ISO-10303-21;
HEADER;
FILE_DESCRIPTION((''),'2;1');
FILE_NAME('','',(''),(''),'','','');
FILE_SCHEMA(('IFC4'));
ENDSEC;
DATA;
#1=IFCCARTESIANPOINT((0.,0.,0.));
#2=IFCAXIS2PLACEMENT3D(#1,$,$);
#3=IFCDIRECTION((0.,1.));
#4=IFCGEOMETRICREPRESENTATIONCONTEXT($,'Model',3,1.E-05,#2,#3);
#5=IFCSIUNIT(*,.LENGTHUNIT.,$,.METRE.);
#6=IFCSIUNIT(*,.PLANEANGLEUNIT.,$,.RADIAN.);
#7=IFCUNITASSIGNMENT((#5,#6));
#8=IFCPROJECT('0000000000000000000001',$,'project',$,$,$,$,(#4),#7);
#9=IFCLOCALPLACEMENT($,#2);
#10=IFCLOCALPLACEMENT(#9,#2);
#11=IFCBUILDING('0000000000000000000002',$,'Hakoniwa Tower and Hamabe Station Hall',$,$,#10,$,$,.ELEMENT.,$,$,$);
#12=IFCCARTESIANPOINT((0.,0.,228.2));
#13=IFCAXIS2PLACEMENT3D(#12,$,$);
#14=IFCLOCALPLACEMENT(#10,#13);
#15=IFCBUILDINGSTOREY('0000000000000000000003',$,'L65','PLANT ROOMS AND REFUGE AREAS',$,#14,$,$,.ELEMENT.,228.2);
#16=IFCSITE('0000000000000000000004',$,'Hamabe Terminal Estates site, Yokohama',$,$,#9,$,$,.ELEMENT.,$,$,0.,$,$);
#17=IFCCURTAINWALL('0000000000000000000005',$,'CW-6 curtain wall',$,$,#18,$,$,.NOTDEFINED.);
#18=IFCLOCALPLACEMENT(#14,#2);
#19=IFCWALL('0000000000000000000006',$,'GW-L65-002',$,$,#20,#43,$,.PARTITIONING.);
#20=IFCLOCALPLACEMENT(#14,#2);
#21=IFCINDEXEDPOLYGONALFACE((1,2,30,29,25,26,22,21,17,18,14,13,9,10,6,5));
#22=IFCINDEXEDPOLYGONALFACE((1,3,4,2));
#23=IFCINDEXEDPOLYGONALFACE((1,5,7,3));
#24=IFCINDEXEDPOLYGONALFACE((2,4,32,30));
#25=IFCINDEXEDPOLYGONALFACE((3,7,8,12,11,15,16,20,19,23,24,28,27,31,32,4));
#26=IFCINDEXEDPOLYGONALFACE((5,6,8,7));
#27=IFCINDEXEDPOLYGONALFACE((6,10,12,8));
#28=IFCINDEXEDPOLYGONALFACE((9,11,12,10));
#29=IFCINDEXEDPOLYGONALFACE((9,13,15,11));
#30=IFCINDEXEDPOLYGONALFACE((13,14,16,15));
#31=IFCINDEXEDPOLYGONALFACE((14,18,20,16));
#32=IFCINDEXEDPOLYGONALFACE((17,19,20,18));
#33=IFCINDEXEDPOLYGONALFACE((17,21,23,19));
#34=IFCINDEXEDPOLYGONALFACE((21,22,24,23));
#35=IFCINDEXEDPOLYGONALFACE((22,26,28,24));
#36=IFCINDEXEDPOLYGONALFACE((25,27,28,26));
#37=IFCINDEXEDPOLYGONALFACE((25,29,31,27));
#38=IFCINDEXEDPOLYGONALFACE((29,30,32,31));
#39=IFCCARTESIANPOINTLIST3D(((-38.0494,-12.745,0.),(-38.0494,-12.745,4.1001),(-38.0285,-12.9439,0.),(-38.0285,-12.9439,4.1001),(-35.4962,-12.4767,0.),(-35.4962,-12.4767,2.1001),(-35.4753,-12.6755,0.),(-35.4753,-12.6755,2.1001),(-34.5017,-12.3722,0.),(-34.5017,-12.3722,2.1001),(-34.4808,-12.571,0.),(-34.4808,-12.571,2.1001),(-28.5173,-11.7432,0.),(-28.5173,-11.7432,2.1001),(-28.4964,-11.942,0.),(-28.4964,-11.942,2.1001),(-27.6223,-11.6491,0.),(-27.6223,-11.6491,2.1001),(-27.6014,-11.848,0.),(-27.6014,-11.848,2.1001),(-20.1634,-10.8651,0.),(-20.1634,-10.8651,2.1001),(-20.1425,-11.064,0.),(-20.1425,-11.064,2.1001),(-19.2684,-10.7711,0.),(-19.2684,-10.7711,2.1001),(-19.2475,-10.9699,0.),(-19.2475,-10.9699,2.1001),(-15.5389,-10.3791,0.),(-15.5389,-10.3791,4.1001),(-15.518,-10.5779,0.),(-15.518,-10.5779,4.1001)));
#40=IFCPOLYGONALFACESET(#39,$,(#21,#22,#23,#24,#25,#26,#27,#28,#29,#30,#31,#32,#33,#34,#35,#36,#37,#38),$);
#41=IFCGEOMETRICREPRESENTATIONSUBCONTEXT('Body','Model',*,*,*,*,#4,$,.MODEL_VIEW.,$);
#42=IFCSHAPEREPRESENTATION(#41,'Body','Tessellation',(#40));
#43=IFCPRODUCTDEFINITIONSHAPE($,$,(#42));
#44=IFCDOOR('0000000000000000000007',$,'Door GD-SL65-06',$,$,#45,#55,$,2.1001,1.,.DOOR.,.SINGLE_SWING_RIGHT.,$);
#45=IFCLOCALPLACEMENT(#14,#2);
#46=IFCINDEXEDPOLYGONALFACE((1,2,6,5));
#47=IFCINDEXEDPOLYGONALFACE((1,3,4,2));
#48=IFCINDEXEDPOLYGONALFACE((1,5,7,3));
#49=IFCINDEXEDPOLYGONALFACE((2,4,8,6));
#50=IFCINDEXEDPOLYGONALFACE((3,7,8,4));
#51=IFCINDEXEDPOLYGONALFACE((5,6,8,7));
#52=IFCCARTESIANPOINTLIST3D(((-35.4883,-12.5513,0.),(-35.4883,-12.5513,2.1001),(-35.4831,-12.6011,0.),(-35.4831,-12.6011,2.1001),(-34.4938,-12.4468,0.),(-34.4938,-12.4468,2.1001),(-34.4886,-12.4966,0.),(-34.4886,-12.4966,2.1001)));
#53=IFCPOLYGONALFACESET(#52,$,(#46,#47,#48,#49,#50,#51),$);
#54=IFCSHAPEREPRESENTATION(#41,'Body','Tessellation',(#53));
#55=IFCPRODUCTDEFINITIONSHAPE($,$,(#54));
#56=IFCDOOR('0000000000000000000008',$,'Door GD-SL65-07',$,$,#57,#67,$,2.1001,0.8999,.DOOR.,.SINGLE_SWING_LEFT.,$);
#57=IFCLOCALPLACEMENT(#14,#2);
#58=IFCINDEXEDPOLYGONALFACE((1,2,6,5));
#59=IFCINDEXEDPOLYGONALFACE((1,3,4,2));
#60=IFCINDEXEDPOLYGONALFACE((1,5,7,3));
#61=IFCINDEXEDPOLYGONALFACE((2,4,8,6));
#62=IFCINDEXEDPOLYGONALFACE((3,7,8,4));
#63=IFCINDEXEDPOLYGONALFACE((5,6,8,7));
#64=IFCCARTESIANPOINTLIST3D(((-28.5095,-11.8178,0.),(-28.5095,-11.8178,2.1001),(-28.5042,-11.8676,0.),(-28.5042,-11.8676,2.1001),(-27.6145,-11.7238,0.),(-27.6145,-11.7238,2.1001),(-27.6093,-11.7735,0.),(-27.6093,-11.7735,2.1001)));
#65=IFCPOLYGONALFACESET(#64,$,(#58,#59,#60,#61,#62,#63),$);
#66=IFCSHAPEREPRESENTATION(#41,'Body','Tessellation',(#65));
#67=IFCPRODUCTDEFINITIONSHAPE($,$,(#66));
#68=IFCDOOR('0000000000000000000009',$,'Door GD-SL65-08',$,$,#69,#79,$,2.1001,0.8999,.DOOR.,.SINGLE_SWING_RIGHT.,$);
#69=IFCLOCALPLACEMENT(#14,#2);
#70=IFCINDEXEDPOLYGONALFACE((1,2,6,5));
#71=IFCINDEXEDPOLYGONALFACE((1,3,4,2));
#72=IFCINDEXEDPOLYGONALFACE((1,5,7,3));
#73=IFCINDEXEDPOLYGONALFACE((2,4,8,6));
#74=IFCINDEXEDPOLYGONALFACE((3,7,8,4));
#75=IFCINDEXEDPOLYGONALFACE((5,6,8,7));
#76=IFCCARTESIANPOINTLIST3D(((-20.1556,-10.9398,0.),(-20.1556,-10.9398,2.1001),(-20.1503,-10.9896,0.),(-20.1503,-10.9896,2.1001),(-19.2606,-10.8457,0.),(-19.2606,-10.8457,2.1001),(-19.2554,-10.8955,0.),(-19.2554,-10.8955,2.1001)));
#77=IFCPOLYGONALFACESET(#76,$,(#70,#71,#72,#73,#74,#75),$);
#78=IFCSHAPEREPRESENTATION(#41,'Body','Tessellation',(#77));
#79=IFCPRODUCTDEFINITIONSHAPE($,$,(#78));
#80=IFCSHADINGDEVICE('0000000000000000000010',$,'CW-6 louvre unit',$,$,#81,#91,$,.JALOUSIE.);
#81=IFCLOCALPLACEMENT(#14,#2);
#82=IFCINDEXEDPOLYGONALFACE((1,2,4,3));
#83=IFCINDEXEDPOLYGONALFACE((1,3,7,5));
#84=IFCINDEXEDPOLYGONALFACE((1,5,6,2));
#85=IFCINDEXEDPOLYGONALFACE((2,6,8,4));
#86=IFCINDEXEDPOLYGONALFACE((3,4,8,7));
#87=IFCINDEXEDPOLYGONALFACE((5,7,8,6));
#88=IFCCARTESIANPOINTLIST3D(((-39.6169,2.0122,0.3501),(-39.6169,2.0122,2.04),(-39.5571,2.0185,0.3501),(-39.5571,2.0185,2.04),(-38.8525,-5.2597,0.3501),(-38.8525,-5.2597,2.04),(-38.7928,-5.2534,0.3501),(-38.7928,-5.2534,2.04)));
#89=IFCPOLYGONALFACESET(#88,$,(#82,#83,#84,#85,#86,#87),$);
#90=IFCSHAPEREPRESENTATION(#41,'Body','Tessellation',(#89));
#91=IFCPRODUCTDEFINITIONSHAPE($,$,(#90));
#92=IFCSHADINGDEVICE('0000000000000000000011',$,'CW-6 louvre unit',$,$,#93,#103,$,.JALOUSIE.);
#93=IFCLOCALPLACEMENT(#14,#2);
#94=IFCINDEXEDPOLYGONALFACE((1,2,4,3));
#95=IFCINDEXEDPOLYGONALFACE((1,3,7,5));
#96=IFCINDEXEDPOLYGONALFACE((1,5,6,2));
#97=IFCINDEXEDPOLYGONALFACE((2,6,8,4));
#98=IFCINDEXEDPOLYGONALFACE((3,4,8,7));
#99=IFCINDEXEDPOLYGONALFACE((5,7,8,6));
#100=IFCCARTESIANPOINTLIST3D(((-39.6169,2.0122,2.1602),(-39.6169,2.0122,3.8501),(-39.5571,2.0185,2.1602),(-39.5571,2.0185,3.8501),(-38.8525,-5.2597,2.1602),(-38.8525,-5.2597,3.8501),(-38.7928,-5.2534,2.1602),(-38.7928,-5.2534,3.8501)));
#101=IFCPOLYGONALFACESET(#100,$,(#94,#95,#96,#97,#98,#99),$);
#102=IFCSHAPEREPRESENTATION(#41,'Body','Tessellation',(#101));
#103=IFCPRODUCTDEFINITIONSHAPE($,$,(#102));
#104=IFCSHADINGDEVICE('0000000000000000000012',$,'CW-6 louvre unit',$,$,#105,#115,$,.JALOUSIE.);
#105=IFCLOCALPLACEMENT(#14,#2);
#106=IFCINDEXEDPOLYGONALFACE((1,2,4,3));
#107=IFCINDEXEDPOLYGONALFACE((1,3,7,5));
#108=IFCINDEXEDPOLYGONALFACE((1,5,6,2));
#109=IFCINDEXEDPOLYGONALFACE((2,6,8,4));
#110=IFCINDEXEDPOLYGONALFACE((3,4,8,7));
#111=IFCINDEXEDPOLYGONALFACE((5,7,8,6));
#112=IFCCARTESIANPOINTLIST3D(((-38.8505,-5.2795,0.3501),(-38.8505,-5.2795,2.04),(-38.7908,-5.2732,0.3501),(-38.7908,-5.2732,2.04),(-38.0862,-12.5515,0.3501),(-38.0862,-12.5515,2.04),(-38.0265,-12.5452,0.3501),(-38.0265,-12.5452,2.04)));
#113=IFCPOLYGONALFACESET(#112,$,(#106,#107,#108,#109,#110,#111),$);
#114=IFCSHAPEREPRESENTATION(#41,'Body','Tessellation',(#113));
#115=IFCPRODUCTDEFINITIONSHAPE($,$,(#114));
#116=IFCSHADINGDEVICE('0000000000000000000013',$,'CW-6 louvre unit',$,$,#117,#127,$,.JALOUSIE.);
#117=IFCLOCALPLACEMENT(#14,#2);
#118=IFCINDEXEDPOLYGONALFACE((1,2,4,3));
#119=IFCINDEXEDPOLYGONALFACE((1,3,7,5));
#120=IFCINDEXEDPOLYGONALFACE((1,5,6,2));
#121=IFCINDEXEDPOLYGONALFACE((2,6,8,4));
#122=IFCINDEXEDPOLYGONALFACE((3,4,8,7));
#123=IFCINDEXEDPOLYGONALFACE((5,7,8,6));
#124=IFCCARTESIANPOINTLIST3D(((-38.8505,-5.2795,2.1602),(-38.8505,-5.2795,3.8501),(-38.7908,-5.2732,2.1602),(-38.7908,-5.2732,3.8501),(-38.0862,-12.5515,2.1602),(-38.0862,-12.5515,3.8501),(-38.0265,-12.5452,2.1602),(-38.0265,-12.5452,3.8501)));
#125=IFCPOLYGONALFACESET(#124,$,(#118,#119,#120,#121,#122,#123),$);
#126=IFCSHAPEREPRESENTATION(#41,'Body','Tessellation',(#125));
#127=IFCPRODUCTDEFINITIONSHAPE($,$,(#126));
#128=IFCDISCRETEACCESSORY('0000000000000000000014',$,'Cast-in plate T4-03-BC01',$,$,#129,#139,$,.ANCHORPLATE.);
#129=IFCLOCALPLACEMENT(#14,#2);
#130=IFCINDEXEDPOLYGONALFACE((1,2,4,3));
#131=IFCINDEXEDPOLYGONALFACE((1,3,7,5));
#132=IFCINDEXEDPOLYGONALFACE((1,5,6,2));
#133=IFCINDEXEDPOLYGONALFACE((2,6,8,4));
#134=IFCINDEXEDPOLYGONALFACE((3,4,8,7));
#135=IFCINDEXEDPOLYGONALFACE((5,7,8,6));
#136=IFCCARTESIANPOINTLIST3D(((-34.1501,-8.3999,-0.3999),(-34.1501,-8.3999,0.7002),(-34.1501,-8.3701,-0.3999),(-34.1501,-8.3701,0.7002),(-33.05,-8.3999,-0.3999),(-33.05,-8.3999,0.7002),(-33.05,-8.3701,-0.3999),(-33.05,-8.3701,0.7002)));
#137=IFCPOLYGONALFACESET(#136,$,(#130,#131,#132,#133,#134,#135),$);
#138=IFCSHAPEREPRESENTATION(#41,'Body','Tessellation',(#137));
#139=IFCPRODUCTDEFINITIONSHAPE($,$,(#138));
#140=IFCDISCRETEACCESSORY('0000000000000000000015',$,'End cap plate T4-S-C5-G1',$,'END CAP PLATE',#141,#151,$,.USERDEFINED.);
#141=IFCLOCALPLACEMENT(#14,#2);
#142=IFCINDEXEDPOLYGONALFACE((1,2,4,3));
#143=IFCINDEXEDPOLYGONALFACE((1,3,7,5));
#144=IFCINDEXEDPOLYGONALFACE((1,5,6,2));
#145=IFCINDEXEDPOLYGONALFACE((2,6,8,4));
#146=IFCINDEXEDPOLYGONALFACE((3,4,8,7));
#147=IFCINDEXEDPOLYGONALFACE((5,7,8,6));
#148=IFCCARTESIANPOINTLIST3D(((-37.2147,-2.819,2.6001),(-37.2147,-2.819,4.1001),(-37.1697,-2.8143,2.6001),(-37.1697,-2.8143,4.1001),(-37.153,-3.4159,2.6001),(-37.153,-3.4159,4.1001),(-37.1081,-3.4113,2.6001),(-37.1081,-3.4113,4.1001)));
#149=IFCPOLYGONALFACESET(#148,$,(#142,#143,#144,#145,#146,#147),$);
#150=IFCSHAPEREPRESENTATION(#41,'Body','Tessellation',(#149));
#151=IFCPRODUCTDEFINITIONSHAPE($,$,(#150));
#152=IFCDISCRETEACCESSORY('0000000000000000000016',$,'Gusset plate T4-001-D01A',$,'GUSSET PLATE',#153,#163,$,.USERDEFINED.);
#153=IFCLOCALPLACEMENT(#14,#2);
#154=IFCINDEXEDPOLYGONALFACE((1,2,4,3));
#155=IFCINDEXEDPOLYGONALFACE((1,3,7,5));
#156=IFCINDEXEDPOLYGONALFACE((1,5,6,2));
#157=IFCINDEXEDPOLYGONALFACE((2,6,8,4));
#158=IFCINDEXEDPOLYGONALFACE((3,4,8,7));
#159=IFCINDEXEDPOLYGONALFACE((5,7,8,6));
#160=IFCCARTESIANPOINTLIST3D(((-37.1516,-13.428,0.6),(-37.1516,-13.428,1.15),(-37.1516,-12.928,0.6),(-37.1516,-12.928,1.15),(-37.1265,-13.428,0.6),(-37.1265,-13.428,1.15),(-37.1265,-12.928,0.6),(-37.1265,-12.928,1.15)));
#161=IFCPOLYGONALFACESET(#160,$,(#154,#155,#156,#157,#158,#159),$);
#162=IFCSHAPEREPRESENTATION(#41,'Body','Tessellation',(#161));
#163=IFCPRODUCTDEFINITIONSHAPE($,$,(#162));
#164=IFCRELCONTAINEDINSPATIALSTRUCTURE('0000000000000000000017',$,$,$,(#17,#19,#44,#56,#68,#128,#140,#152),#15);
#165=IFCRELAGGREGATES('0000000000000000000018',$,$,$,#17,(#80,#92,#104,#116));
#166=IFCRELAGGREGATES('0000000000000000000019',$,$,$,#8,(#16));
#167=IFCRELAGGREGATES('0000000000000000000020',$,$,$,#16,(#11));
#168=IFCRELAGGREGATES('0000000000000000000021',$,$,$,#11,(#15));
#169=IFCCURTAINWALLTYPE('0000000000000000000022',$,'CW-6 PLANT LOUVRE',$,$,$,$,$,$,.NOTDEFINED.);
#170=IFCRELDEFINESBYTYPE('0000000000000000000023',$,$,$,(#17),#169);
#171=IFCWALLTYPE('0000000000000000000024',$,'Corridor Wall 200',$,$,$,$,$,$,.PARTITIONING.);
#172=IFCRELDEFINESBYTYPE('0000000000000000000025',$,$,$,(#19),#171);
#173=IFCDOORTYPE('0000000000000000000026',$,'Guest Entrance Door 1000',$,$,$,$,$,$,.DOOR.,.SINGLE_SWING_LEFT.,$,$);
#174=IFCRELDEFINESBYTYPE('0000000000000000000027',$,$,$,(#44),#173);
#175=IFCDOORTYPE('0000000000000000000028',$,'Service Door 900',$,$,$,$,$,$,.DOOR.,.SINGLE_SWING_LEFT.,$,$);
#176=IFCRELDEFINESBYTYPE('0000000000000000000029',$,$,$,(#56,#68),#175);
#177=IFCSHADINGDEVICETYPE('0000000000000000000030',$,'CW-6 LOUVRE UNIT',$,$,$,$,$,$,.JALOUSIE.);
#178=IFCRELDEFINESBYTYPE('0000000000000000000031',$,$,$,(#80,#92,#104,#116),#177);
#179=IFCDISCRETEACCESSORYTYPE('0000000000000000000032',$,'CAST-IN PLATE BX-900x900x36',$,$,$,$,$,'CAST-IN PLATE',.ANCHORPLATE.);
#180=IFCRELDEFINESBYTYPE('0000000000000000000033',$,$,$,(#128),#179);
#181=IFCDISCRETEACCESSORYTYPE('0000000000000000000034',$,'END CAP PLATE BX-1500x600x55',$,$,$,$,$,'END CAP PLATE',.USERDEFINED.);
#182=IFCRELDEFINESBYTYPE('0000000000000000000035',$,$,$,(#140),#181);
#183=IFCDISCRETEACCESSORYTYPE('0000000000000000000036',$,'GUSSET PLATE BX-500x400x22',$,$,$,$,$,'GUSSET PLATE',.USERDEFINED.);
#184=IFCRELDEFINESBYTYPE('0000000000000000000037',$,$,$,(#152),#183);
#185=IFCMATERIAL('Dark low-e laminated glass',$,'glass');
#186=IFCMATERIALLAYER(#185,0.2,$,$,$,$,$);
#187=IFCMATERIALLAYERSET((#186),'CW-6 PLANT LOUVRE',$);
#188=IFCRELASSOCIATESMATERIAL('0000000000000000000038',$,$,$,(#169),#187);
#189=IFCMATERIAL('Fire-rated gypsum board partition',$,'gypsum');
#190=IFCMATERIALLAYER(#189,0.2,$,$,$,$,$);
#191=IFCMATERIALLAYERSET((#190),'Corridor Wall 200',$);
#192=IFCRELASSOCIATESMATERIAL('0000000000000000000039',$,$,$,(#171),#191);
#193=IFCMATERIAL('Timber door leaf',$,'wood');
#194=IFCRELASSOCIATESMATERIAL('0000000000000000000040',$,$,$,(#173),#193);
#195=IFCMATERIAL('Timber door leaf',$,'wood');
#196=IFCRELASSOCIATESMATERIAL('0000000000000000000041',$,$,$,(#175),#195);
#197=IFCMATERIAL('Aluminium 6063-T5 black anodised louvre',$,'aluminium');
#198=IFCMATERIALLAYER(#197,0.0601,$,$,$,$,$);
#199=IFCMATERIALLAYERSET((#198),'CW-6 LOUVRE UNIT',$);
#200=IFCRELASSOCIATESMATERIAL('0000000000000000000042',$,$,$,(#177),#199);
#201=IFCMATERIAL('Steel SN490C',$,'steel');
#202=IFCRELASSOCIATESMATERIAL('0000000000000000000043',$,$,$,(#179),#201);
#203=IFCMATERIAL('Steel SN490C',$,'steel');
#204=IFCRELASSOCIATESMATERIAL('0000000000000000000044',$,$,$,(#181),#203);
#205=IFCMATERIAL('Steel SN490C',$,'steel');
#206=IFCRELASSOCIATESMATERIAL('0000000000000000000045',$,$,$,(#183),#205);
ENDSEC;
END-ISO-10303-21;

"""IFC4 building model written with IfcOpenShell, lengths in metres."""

from ifc_helpers import new_model, si_unit, direction, frame, frame_2d, origin, origin_2d, place, context, subcontext, project, spatial, rectangle, extrude, material, layer, layer_set, material_profile, profile_set, type_object, element, fill, aggregate, save


model = new_model("IFC4")

# Units and contexts
model_context = context("Model", 3, precision=1e-05, world=origin(), true_north=direction((0.0, 1.0)))
body_context = subcontext(model_context, "Body", "Model", "MODEL_VIEW")
ifc_project = project(units=[si_unit("LENGTHUNIT", "METRE"), si_unit("PLANEANGLEUNIT", "RADIAN")], contexts=[model_context])

# Site, building, storey
site_placement = place(None, origin())
site = spatial("IfcSite", under=ifc_project, at=site_placement, Name="Hamabe Terminal Estates site, Yokohama", CompositionType="ELEMENT", RefElevation=0.0)
building_placement = place(site_placement, origin())
building = spatial("IfcBuilding", under=site, at=building_placement, Name="Hakoniwa Tower and Hamabe Station Hall", CompositionType="ELEMENT")
storey_placement = place(building_placement, frame((0.0, 0.0, 228.2)))
storey = spatial("IfcBuildingStorey", under=building, at=storey_placement, Name="L65", Description="PLANT ROOMS AND REFUGE AREAS", CompositionType="ELEMENT", Elevation=228.2)

# Curtain wall
ifc_material_1 = material(Name="Dark low-e laminated glass", Category="glass")
ifc_layer_1 = layer(ifc_material_1, 0.2)
ifc_layer_set_1 = layer_set([ifc_layer_1], Name="CW-6 PLANT LOUVRE")
curtain_wall_type = type_object("IfcCurtainWallType", Name="CW-6 PLANT LOUVRE", PredefinedType="NOTDEFINED", material=ifc_layer_set_1)
curtain_wall_placement = place(storey_placement, origin())
curtain_wall = element("IfcCurtainWall", 1, at=curtain_wall_placement, inside=storey, type_object=curtain_wall_type, Name="CW-6 curtain wall", PredefinedType="NOTDEFINED")

# Wall, openings, doors
ifc_material_2 = material(Name="Fire-rated gypsum board partition", Category="gypsum")
ifc_layer_2 = layer(ifc_material_2, 0.2)
ifc_layer_set_2 = layer_set([ifc_layer_2], Name="Corridor Wall 200")
wall_type = type_object("IfcWallType", Name="Corridor Wall 200", PredefinedType="PARTITIONING", material=ifc_layer_set_2)
wall_placement = place(storey_placement, frame((-38.0391, -12.8445, 0.0), z_axis=(0.0, 0.0, 1.0), x_axis=(0.994522, 0.104529, 0.0)))
wall = element("IfcWall", 2, at=wall_placement, inside=storey, type_object=wall_type, Name="GW-L65-002", PredefinedType="PARTITIONING", context=body_context, shape_type="SweptSolid", body=[
    extrude(rectangle(XDim=22.6345, YDim=0.2, at=frame_2d((11.3174, 0.0))), origin(), (0.0, 0.0, 1.0), 4.1001),
])
opening_1_placement = place(wall_placement, frame((2.5674, 0.0, 0.0)))
opening_1 = element("IfcOpeningElement", 3, at=opening_1_placement, cuts=wall, PredefinedType="OPENING", context=body_context, shape_type="SweptSolid", body=[
    extrude(rectangle(XDim=1.0, YDim=2.1001, at=frame_2d((0.5, 1.05))), frame((0.0, 0.1099, 0.0), z_axis=(0.0, -1.0, 0.0), x_axis=(1.0, 0.0, 0.0)), (0.0, 0.0, 1.0), 0.22),
])
opening_2_placement = place(wall_placement, frame((9.5847, 0.0, 0.0)))
opening_2 = element("IfcOpeningElement", 4, at=opening_2_placement, cuts=wall, PredefinedType="OPENING", context=body_context, shape_type="SweptSolid", body=[
    extrude(rectangle(XDim=0.8999, YDim=2.1001, at=frame_2d((0.45, 1.05))), frame((0.0, 0.1099, 0.0), z_axis=(0.0, -1.0, 0.0), x_axis=(1.0, 0.0, 0.0)), (0.0, 0.0, 1.0), 0.22),
])
opening_3_placement = place(wall_placement, frame((17.9846, 0.0, 0.0)))
opening_3 = element("IfcOpeningElement", 5, at=opening_3_placement, cuts=wall, PredefinedType="OPENING", context=body_context, shape_type="SweptSolid", body=[
    extrude(rectangle(XDim=0.8999, YDim=2.1001, at=frame_2d((0.45, 1.05))), frame((0.0, 0.1099, 0.0), z_axis=(0.0, -1.0, 0.0), x_axis=(1.0, 0.0, 0.0)), (0.0, 0.0, 1.0), 0.22),
])
ifc_material_3 = material(Name="Timber door leaf", Category="wood")
door_type_1 = type_object("IfcDoorType", Name="Guest Entrance Door 1000", OperationType="SINGLE_SWING_LEFT", PredefinedType="DOOR", material=ifc_material_3)
door_1_placement = place(opening_1_placement, origin())
door_1 = element("IfcDoor", 6, at=door_1_placement, inside=storey, type_object=door_type_1, Name="Door GD-SL65-06", OperationType="SINGLE_SWING_RIGHT", OverallHeight=2.1001, OverallWidth=1.0, PredefinedType="DOOR", context=body_context, shape_type="SweptSolid", body=[
    extrude(rectangle(XDim=1.0, YDim=2.1001, at=frame_2d((0.5, 1.05))), frame((0.0, 0.0249, 0.0), z_axis=(0.0, -1.0, 0.0), x_axis=(1.0, 0.0, 0.0)), (0.0, 0.0, 1.0), 0.05),
])
fill(opening_1, door_1)
ifc_material_4 = material(Name="Timber door leaf", Category="wood")
door_type_2 = type_object("IfcDoorType", Name="Service Door 900", OperationType="SINGLE_SWING_LEFT", PredefinedType="DOOR", material=ifc_material_4)
door_2_placement = place(opening_2_placement, origin())
door_2 = element("IfcDoor", 7, at=door_2_placement, inside=storey, type_object=door_type_2, Name="Door GD-SL65-07", OperationType="SINGLE_SWING_LEFT", OverallHeight=2.1001, OverallWidth=0.8999, PredefinedType="DOOR", context=body_context, shape_type="SweptSolid", body=[
    extrude(rectangle(XDim=0.8999, YDim=2.1001, at=frame_2d((0.45, 1.05))), frame((0.0, 0.0249, 0.0), z_axis=(0.0, -1.0, 0.0), x_axis=(1.0, 0.0, 0.0)), (0.0, 0.0, 1.0), 0.05),
])
fill(opening_2, door_2)
door_3_placement = place(opening_3_placement, origin())
door_3 = element("IfcDoor", 8, at=door_3_placement, inside=storey, type_object=door_type_2, Name="Door GD-SL65-08", OperationType="SINGLE_SWING_RIGHT", OverallHeight=2.1001, OverallWidth=0.8999, PredefinedType="DOOR", context=body_context, shape_type="SweptSolid", body=[
    extrude(rectangle(XDim=0.8999, YDim=2.1001, at=frame_2d((0.45, 1.05))), frame((0.0, 0.0249, 0.0), z_axis=(0.0, -1.0, 0.0), x_axis=(1.0, 0.0, 0.0)), (0.0, 0.0, 1.0), 0.05),
])
fill(opening_3, door_3)

# Shading devices
ifc_material_5 = material(Name="Aluminium 6063-T5 black anodised louvre", Category="aluminium")
ifc_layer_3 = layer(ifc_material_5, 0.0601)
ifc_layer_set_3 = layer_set([ifc_layer_3], Name="CW-6 LOUVRE UNIT")
shading_device_type = type_object("IfcShadingDeviceType", Name="CW-6 LOUVRE UNIT", PredefinedType="JALOUSIE", material=ifc_layer_set_3)
shading_device_1_placement = place(storey_placement, frame((-39.2048, -1.6206, 0.3501), z_axis=(0.0, 0.0, 1.0), x_axis=(0.104528, -0.994522, 0.0)))
shading_device_1 = element("IfcShadingDevice", 9, at=shading_device_1_placement, type_object=shading_device_type, Name="CW-6 louvre unit", PredefinedType="JALOUSIE", context=body_context, shape_type="SweptSolid", body=[
    extrude(rectangle(XDim=7.312, YDim=0.0601, at=origin_2d()), origin(), (0.0, 0.0, 1.0), 1.6899),
])
shading_device_2_placement = place(storey_placement, frame((-39.2048, -1.6206, 2.1602), z_axis=(0.0, 0.0, 1.0), x_axis=(0.104528, -0.994522, 0.0)))
shading_device_2 = element("IfcShadingDevice", 10, at=shading_device_2_placement, type_object=shading_device_type, Name="CW-6 louvre unit", PredefinedType="JALOUSIE", context=body_context, shape_type="SweptSolid", body=[
    extrude(rectangle(XDim=7.312, YDim=0.0601, at=origin_2d()), origin(), (0.0, 0.0, 1.0), 1.6899),
])
shading_device_3_placement = place(storey_placement, frame((-38.4385, -8.9124, 0.3501), z_axis=(0.0, 0.0, 1.0), x_axis=(0.104528, -0.994522, 0.0)))
shading_device_3 = element("IfcShadingDevice", 11, at=shading_device_3_placement, type_object=shading_device_type, Name="CW-6 louvre unit", PredefinedType="JALOUSIE", context=body_context, shape_type="SweptSolid", body=[
    extrude(rectangle(XDim=7.312, YDim=0.0601, at=origin_2d()), origin(), (0.0, 0.0, 1.0), 1.6899),
])
shading_device_4_placement = place(storey_placement, frame((-38.4385, -8.9124, 2.1602), z_axis=(0.0, 0.0, 1.0), x_axis=(0.104528, -0.994522, 0.0)))
shading_device_4 = element("IfcShadingDevice", 12, at=shading_device_4_placement, type_object=shading_device_type, Name="CW-6 louvre unit", PredefinedType="JALOUSIE", context=body_context, shape_type="SweptSolid", body=[
    extrude(rectangle(XDim=7.312, YDim=0.0601, at=origin_2d()), origin(), (0.0, 0.0, 1.0), 1.6899),
])
aggregate(curtain_wall, [shading_device_1, shading_device_2, shading_device_3, shading_device_4])

# Discrete accessories
ifc_material_6 = material(Name="Steel SN490C", Category="steel")
ifc_material_profile_1 = material_profile(ifc_material_6, rectangle(XDim=1.1001, YDim=1.1001, at=origin_2d()), Name="CAST-IN PLATE BX-900x900x36")
ifc_profile_set_1 = profile_set([ifc_material_profile_1], Name="Steel SN490C")
discrete_accessory_type_1 = type_object("IfcDiscreteAccessoryType", Name="CAST-IN PLATE BX-900x900x36", ElementType="CAST-IN PLATE", PredefinedType="ANCHORPLATE", material=ifc_profile_set_1)
discrete_accessory_1_placement = place(storey_placement, frame((-33.6001, -8.3701, 0.1501), z_axis=(0.0, -1.0, 0.0), x_axis=(1.0, 0.0, 0.0)))
element("IfcDiscreteAccessory", 13, at=discrete_accessory_1_placement, inside=storey, type_object=discrete_accessory_type_1, Name="Cast-in plate T4-03-BC01", PredefinedType="ANCHORPLATE", context=body_context, shape_type="SweptSolid", body=[
    extrude(rectangle(XDim=1.1001, YDim=1.1001, at=origin_2d()), origin(), (0.0, 0.0, 1.0), 0.0298),
])
ifc_material_7 = material(Name="Steel SN490C", Category="steel")
ifc_material_profile_2 = material_profile(ifc_material_7, rectangle(XDim=0.6001, YDim=1.5, at=origin_2d()), Name="END CAP PLATE BX-1500x600x55")
ifc_profile_set_2 = profile_set([ifc_material_profile_2], Name="Steel SN490C")
discrete_accessory_type_2 = type_object("IfcDiscreteAccessoryType", Name="END CAP PLATE BX-1500x600x55", ElementType="END CAP PLATE", PredefinedType="USERDEFINED", material=ifc_profile_set_2)
discrete_accessory_2_placement = place(storey_placement, frame((-37.1838, -3.1174, 3.3501), z_axis=(0.994711, 0.102715, 0.0), x_axis=(-0.102715, 0.994711, 0.0)))
element("IfcDiscreteAccessory", 14, at=discrete_accessory_2_placement, inside=storey, type_object=discrete_accessory_type_2, Name="End cap plate T4-S-C5-G1", ObjectType="END CAP PLATE", PredefinedType="USERDEFINED", context=body_context, shape_type="SweptSolid", body=[
    extrude(rectangle(XDim=0.6001, YDim=1.5, at=origin_2d()), origin(), (0.0, 0.0, 1.0), 0.0452),
])
ifc_material_8 = material(Name="Steel SN490C", Category="steel")
ifc_material_profile_3 = material_profile(ifc_material_8, rectangle(XDim=0.5, YDim=0.55, at=origin_2d()), Name="GUSSET PLATE BX-500x400x22")
ifc_profile_set_3 = profile_set([ifc_material_profile_3], Name="Steel SN490C")
discrete_accessory_type_3 = type_object("IfcDiscreteAccessoryType", Name="GUSSET PLATE BX-500x400x22", ElementType="GUSSET PLATE", PredefinedType="USERDEFINED", material=ifc_profile_set_3)
for number, where, z_axis, x_axis, name in (
    (15, (-37.1265, -13.178, 0.875), (-1.0, 0.0, 0.0), (0.0, -1.0, 0.0), "Gusset plate T4-001-D01A"),
):
    element("IfcDiscreteAccessory", number, at=place(storey_placement, frame(where, z_axis=z_axis, x_axis=x_axis)), inside=storey, type_object=discrete_accessory_type_3, Name=name, ObjectType="GUSSET PLATE", PredefinedType="USERDEFINED", context=body_context, shape_type="SweptSolid", body=[
        extrude(rectangle(XDim=0.5, YDim=0.55, at=origin_2d()), origin(), (0.0, 0.0, 1.0), 0.0251),
    ])

save(model, "model.ifc")
